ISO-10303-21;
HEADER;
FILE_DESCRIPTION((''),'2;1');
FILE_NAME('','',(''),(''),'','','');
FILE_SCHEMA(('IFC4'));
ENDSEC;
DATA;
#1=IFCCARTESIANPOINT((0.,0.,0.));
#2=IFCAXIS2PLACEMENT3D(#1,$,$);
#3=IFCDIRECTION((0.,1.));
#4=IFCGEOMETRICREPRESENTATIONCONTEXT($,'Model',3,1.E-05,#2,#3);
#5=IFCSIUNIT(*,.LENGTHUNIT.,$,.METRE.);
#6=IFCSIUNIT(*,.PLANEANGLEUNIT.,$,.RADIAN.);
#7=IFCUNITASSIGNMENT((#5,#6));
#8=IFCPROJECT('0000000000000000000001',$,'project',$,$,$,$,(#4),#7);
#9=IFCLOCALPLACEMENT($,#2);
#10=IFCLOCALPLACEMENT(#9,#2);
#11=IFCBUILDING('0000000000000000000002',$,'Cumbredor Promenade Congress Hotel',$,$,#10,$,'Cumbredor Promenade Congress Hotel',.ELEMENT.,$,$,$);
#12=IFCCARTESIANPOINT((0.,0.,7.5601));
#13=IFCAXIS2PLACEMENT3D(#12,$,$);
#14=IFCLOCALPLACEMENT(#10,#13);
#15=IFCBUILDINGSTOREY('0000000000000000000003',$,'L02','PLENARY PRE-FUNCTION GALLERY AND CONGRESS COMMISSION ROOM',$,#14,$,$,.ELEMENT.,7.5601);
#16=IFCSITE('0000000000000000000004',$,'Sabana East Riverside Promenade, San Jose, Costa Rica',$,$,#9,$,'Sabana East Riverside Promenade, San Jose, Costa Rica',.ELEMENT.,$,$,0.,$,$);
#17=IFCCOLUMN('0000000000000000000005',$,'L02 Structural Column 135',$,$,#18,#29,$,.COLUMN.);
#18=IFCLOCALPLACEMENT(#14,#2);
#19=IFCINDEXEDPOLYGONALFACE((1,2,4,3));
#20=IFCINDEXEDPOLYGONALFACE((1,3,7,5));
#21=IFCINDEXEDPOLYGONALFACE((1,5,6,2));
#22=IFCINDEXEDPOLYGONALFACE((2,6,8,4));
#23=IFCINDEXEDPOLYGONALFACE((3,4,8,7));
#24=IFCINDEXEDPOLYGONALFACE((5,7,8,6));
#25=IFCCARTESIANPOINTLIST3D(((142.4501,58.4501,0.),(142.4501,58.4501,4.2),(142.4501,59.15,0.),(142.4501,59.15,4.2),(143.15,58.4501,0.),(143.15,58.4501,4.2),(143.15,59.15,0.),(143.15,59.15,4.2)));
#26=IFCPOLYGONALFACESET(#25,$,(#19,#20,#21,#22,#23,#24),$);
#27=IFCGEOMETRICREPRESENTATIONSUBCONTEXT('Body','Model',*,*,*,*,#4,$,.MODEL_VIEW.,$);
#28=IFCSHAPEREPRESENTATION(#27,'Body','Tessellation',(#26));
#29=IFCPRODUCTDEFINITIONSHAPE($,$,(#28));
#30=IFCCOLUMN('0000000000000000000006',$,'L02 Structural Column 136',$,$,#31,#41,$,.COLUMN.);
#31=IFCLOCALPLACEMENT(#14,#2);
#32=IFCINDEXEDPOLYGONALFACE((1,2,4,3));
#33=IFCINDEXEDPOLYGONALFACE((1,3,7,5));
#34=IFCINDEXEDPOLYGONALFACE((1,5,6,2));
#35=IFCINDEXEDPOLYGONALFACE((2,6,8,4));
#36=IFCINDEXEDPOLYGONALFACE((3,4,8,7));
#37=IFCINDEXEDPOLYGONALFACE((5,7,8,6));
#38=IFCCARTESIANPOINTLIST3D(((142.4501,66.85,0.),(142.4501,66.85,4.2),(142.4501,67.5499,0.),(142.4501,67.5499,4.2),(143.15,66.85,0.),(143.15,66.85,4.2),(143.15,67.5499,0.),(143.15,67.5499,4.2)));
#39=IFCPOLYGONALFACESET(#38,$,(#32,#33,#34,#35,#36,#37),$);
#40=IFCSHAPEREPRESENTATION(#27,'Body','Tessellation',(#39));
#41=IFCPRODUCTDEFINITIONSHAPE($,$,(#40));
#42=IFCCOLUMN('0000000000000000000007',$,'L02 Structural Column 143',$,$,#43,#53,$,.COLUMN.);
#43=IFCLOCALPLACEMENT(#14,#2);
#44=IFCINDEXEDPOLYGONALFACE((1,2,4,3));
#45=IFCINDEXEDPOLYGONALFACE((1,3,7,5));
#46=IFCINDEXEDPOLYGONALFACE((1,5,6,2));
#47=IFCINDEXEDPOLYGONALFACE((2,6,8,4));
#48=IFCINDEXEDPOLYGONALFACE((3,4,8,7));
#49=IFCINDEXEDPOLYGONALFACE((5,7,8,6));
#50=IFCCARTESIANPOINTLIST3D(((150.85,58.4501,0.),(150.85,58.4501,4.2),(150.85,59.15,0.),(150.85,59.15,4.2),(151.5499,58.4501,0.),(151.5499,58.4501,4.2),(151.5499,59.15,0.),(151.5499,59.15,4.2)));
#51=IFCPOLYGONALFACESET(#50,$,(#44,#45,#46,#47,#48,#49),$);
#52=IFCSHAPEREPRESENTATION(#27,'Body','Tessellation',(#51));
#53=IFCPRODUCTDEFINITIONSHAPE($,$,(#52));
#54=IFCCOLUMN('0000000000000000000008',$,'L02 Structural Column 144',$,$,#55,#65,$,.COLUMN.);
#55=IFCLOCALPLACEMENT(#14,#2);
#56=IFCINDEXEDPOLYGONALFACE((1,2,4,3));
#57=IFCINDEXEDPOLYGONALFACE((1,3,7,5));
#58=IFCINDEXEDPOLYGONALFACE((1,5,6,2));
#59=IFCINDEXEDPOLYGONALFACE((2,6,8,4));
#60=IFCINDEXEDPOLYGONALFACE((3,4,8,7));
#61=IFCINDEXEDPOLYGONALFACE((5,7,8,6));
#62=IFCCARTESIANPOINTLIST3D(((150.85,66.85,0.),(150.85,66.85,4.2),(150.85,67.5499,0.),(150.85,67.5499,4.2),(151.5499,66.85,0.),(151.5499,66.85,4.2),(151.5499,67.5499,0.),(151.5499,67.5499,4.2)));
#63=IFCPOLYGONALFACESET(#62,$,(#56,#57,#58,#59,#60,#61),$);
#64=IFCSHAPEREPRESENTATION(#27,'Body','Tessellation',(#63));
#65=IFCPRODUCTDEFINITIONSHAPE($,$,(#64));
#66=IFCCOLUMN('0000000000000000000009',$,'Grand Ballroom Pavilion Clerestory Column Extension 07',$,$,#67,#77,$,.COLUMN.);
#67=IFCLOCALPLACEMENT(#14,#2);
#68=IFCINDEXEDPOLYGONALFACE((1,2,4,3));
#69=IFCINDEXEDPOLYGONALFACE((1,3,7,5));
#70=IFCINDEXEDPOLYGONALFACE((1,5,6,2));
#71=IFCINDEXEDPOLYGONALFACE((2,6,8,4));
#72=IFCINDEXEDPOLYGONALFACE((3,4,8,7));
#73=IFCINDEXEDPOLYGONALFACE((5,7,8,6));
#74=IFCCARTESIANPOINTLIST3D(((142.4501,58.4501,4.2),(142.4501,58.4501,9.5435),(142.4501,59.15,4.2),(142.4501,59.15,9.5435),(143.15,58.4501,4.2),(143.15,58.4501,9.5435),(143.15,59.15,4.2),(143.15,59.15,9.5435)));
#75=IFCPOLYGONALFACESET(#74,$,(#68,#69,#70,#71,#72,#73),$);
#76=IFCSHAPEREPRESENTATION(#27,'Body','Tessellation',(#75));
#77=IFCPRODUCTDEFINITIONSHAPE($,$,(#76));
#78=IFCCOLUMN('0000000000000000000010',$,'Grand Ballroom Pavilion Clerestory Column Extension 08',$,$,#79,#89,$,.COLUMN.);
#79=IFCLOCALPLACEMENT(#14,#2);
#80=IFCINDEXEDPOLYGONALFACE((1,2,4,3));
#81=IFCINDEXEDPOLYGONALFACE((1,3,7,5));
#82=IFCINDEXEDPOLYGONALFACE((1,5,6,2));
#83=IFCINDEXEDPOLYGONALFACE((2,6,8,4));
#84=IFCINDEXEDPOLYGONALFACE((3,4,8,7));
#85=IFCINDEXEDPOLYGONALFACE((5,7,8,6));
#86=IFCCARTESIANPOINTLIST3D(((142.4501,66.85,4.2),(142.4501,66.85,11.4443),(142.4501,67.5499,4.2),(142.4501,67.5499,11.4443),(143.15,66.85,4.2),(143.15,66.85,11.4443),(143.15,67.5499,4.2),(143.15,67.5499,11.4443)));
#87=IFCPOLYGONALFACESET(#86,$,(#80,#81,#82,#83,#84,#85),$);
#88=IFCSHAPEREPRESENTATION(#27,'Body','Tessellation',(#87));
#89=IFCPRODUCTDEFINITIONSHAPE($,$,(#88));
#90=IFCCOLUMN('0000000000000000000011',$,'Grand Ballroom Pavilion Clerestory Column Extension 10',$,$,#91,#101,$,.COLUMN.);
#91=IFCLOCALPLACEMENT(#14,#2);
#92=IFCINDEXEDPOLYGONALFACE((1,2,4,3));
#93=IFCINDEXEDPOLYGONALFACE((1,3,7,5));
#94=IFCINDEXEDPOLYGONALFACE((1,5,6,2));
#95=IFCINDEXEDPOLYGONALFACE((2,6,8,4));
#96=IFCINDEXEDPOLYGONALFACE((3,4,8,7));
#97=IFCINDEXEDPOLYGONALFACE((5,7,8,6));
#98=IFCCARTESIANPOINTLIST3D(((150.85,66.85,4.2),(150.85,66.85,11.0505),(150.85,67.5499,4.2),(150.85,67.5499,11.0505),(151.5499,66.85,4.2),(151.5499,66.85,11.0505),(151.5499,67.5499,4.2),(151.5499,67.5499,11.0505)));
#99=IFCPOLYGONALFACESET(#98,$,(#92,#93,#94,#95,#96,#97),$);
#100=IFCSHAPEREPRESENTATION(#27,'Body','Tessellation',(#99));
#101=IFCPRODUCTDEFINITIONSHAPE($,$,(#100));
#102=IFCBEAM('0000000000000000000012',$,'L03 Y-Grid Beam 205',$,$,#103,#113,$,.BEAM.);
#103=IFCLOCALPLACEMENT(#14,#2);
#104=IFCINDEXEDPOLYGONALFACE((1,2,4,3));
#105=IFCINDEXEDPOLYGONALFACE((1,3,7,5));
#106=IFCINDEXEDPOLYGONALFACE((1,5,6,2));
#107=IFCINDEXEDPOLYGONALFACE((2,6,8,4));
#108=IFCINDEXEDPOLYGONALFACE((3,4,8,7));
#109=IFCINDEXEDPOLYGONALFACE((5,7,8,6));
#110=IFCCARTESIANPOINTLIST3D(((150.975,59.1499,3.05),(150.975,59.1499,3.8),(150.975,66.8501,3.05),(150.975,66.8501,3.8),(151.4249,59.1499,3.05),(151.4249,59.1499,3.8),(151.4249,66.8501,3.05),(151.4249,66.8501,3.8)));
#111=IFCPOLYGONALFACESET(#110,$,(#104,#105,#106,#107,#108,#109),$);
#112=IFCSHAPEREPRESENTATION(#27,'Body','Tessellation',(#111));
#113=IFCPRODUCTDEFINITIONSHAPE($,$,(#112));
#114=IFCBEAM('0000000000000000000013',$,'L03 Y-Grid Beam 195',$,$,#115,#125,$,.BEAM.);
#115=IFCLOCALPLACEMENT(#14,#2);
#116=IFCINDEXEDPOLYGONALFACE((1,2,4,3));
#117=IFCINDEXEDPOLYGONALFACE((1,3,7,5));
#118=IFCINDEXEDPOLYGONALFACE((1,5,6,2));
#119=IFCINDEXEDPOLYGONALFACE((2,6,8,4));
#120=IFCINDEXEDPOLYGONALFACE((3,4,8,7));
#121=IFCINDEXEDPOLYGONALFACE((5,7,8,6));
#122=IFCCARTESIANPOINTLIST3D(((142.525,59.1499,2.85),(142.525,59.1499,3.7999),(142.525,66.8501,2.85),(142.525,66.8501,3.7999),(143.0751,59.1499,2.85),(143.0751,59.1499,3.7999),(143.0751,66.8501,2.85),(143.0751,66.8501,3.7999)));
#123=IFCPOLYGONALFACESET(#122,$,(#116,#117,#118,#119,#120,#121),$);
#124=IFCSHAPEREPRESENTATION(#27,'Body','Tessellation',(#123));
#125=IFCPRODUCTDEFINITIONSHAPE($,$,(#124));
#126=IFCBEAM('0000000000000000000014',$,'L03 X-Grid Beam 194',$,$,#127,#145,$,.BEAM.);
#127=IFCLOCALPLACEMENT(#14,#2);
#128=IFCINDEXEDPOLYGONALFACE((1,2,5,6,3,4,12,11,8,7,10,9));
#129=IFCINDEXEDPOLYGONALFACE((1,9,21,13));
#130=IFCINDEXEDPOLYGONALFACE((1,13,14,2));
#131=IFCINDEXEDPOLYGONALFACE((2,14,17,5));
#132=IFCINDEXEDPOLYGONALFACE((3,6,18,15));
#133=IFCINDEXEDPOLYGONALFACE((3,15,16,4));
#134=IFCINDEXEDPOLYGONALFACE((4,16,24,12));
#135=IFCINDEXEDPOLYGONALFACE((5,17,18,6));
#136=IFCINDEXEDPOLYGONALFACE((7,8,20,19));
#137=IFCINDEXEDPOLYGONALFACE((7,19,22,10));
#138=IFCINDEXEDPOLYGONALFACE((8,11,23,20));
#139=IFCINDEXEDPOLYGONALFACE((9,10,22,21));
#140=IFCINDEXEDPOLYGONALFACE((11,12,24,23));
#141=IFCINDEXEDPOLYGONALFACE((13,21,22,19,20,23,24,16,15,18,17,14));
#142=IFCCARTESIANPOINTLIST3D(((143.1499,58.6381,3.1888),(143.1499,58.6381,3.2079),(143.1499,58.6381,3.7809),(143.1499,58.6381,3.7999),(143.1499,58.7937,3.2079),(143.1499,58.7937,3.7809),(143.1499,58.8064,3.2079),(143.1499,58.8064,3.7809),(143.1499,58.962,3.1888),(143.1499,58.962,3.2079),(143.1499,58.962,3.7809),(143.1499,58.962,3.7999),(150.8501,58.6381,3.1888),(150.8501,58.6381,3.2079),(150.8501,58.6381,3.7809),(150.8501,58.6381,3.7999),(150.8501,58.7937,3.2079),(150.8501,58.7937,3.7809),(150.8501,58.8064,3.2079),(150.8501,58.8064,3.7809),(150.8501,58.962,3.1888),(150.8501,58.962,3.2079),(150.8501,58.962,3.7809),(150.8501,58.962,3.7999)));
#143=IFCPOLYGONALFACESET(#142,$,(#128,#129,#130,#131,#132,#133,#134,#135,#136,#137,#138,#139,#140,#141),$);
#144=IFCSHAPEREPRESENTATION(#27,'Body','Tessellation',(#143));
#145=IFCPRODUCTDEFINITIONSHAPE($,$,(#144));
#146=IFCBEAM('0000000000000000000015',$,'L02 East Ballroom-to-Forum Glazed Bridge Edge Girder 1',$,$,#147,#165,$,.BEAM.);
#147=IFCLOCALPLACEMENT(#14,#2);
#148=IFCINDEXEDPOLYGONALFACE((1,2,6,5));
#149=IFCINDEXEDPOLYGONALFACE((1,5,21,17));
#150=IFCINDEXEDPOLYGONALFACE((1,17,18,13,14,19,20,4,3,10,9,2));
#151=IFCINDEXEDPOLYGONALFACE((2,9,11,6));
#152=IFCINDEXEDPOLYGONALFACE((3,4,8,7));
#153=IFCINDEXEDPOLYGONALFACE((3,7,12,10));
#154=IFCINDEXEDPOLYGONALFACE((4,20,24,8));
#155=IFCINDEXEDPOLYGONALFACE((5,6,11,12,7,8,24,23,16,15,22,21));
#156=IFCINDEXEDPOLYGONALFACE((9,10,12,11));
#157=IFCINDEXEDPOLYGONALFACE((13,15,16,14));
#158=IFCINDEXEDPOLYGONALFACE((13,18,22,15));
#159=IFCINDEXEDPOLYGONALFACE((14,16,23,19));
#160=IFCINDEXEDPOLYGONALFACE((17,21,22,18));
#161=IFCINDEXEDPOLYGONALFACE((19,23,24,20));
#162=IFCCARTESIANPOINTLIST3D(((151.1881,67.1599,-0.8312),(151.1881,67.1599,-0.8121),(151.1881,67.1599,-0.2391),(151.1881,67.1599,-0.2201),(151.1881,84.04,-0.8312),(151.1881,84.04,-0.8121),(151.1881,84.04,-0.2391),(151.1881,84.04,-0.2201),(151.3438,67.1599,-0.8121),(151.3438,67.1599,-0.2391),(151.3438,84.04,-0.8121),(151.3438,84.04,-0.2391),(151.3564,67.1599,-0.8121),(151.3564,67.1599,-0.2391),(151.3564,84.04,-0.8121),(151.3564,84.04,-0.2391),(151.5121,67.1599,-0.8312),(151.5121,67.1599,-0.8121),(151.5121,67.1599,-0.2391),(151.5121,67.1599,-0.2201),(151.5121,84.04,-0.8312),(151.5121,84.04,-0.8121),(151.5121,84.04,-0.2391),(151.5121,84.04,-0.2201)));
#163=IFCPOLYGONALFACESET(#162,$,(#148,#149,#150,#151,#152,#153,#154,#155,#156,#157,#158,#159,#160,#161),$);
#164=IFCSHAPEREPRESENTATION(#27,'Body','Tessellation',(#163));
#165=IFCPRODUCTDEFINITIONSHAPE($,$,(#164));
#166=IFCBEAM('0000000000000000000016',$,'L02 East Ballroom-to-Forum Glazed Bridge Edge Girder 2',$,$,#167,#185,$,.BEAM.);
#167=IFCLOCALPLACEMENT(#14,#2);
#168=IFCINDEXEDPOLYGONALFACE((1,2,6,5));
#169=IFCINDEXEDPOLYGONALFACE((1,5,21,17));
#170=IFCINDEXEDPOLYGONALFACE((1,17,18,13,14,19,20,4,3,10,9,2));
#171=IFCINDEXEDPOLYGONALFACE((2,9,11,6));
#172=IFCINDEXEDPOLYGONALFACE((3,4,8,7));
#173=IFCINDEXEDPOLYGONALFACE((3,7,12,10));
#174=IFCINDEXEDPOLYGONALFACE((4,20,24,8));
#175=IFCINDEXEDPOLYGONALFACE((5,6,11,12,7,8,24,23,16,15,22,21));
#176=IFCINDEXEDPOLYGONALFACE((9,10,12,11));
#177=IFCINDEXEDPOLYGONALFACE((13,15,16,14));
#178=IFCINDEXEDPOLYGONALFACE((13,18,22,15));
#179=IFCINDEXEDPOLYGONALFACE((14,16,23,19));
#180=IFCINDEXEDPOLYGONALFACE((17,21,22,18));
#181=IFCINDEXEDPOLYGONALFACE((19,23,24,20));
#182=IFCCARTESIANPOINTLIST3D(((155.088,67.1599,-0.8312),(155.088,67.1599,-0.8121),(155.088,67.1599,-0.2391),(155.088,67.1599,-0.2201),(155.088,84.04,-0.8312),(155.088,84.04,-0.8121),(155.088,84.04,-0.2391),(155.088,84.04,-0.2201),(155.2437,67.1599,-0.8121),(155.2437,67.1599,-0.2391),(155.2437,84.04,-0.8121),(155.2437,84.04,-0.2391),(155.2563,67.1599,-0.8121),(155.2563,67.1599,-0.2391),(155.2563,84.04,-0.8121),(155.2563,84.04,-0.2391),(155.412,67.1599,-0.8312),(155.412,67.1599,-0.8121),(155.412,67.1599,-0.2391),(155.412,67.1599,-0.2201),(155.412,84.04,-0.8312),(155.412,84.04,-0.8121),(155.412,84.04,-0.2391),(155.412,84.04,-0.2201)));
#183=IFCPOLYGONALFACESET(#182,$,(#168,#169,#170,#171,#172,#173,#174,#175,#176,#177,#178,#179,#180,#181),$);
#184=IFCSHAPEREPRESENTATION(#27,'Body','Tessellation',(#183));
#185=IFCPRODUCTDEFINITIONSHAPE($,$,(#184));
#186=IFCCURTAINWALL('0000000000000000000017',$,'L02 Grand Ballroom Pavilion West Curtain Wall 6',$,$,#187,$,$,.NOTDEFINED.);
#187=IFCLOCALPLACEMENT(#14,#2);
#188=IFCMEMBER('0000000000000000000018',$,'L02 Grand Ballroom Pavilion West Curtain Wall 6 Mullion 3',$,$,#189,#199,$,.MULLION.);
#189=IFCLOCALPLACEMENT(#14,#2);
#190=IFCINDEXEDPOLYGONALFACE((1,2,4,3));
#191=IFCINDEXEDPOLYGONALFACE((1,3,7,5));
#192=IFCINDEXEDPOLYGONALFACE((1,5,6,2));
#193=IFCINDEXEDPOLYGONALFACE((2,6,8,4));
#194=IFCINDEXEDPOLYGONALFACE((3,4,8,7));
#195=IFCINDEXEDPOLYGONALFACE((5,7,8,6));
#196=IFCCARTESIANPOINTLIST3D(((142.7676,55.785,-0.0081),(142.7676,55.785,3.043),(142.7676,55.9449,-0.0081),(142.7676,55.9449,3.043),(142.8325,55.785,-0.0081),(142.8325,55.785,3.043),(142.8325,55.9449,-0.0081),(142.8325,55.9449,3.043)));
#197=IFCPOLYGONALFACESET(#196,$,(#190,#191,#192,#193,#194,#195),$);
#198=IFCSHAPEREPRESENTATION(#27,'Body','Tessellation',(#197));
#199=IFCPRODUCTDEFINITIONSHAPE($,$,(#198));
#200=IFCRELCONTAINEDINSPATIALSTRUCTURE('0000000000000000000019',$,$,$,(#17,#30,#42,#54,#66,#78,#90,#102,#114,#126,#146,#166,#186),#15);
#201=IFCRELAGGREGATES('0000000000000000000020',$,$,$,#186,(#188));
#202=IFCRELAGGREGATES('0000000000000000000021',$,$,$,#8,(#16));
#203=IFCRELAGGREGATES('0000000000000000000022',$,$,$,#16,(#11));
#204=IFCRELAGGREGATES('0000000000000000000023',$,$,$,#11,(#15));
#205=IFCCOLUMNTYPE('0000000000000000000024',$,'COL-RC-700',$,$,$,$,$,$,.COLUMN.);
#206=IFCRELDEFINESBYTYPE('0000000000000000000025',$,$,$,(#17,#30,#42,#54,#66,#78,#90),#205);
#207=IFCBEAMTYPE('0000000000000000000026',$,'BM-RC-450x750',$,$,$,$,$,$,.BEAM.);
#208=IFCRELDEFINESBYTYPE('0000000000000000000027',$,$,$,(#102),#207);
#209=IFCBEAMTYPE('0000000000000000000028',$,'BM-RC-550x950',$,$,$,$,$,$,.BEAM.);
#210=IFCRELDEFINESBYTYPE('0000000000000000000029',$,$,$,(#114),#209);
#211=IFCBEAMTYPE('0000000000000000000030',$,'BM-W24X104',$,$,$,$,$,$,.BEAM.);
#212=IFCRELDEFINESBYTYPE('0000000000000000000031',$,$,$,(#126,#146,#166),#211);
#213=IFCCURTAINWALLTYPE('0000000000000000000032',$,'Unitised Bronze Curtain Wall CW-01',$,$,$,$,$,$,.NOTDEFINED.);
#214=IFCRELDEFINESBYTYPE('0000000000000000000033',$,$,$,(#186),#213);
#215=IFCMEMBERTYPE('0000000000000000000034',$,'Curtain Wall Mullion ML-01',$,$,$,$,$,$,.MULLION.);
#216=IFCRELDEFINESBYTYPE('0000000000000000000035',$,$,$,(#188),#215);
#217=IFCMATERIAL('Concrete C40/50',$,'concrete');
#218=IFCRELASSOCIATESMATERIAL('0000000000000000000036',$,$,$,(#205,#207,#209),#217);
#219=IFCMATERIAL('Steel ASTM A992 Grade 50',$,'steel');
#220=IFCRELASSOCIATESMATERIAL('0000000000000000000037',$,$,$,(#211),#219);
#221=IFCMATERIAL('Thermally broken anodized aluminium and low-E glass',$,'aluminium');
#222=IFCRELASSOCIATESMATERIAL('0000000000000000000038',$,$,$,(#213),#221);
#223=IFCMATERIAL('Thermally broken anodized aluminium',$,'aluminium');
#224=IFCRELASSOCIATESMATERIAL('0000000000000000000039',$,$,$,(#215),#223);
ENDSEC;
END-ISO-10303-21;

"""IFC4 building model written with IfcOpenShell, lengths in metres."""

from ifc_helpers import new_model, si_unit, direction, frame, origin, origin_2d, place, context, subcontext, project, spatial, rectangle, i_section, extrude, material, material_profile, profile_set, type_object, element, aggregate, save


model = new_model("IFC4")

# Units and contexts
model_context = context("Model", 3, precision=1e-05, world=origin(), true_north=direction((0.0, 1.0)))
body_context = subcontext(model_context, "Body", "Model", "MODEL_VIEW")
ifc_project = project(units=[si_unit("LENGTHUNIT", "METRE"), si_unit("PLANEANGLEUNIT", "RADIAN")], contexts=[model_context])

# Site, building, storey
site_placement = place(None, origin())
site = spatial("IfcSite", under=ifc_project, at=site_placement, Name="Sabana East Riverside Promenade, San Jose, Costa Rica", LongName="Sabana East Riverside Promenade, San Jose, Costa Rica", CompositionType="ELEMENT", RefElevation=0.0)
building_placement = place(site_placement, origin())
building = spatial("IfcBuilding", under=site, at=building_placement, Name="Cumbredor Promenade Congress Hotel", LongName="Cumbredor Promenade Congress Hotel", CompositionType="ELEMENT")
storey_placement = place(building_placement, frame((0.0, 0.0, 7.5601)))
storey = spatial("IfcBuildingStorey", under=building, at=storey_placement, Name="L02", Description="PLENARY PRE-FUNCTION GALLERY AND CONGRESS COMMISSION ROOM", CompositionType="ELEMENT", Elevation=7.5601)

# Columns
ifc_material_1 = material(Name="Concrete C40/50", Category="concrete")
ifc_material_profile_1 = material_profile(ifc_material_1, rectangle(XDim=0.7, YDim=0.7, at=origin_2d()), Name="RC 700x700")
ifc_profile_set_1 = profile_set([ifc_material_profile_1], Name="Concrete C40/50")
column_type = type_object("IfcColumnType", Name="COL-RC-700", PredefinedType="COLUMN", material=ifc_profile_set_1)
for number, where, z_axis, x_axis, name in (
    (1, (142.8, 58.8, 0.0), (0.0, 0.0, 1.0), (1.0, 0.0, 0.0), "L02 Structural Column 135"),
    (2, (142.8, 67.2, 0.0), (0.0, 0.0, 1.0), (1.0, 0.0, 0.0), "L02 Structural Column 136"),
    (3, (151.2, 58.8, 0.0), (0.0, 0.0, 1.0), (1.0, 0.0, 0.0), "L02 Structural Column 143"),
    (4, (151.2, 67.2, 0.0), (0.0, 0.0, 1.0), (1.0, 0.0, 0.0), "L02 Structural Column 144"),
):
    element("IfcColumn", number, at=place(storey_placement, frame(where, z_axis=z_axis, x_axis=x_axis)), inside=storey, type_object=column_type, Name=name, PredefinedType="COLUMN", context=body_context, shape_type="SweptSolid", body=[
        extrude(rectangle(XDim=0.7, YDim=0.7, at=origin_2d()), origin(), (0.0, 0.0, 1.0), 4.2),
    ])
column_1_placement = place(storey_placement, frame((142.8, 58.8, 4.2), z_axis=(0.0, 0.0, 1.0), x_axis=(1.0, 0.0, 0.0)))
element("IfcColumn", 5, at=column_1_placement, inside=storey, type_object=column_type, Name="Grand Ballroom Pavilion Clerestory Column Extension 07", PredefinedType="COLUMN", context=body_context, shape_type="SweptSolid", body=[
    extrude(rectangle(XDim=0.7, YDim=0.7, at=origin_2d()), origin(), (0.0, 0.0, 1.0), 5.3435),
])
column_2_placement = place(storey_placement, frame((142.8, 67.2, 4.2), z_axis=(0.0, 0.0, 1.0), x_axis=(1.0, 0.0, 0.0)))
element("IfcColumn", 6, at=column_2_placement, inside=storey, type_object=column_type, Name="Grand Ballroom Pavilion Clerestory Column Extension 08", PredefinedType="COLUMN", context=body_context, shape_type="SweptSolid", body=[
    extrude(rectangle(XDim=0.7, YDim=0.7, at=origin_2d()), origin(), (0.0, 0.0, 1.0), 7.2444),
])
column_3_placement = place(storey_placement, frame((151.2, 67.2, 4.2), z_axis=(0.0, 0.0, 1.0), x_axis=(1.0, 0.0, 0.0)))
element("IfcColumn", 7, at=column_3_placement, inside=storey, type_object=column_type, Name="Grand Ballroom Pavilion Clerestory Column Extension 10", PredefinedType="COLUMN", context=body_context, shape_type="SweptSolid", body=[
    extrude(rectangle(XDim=0.7, YDim=0.7, at=origin_2d()), origin(), (0.0, 0.0, 1.0), 6.8506),
])

# Beams
ifc_material_profile_2 = material_profile(ifc_material_1, rectangle(XDim=0.45, YDim=0.75, at=origin_2d()), Name="RC BEAM 450x750")
ifc_profile_set_2 = profile_set([ifc_material_profile_2], Name="Concrete C40/50")
beam_type_1 = type_object("IfcBeamType", Name="BM-RC-450x750", PredefinedType="BEAM", material=ifc_profile_set_2)
beam_1_placement = place(storey_placement, frame((151.2, 59.1499, 3.425), z_axis=(0.0, 1.0, 0.0), x_axis=(-1.0, 0.0, 0.0)))
element("IfcBeam", 8, at=beam_1_placement, inside=storey, type_object=beam_type_1, Name="L03 Y-Grid Beam 205", PredefinedType="BEAM", context=body_context, shape_type="SweptSolid", body=[
    extrude(rectangle(XDim=0.45, YDim=0.75, at=origin_2d()), origin(), (0.0, 0.0, 1.0), 7.7002),
])
ifc_material_profile_3 = material_profile(ifc_material_1, rectangle(XDim=0.55, YDim=0.95, at=origin_2d()), Name="RC BEAM 550x950")
ifc_profile_set_3 = profile_set([ifc_material_profile_3], Name="Concrete C40/50")
beam_type_2 = type_object("IfcBeamType", Name="BM-RC-550x950", PredefinedType="BEAM", material=ifc_profile_set_3)
beam_2_placement = place(storey_placement, frame((142.8, 59.1499, 3.325), z_axis=(0.0, 1.0, 0.0), x_axis=(-1.0, 0.0, 0.0)))
element("IfcBeam", 9, at=beam_2_placement, inside=storey, type_object=beam_type_2, Name="L03 Y-Grid Beam 195", PredefinedType="BEAM", context=body_context, shape_type="SweptSolid", body=[
    extrude(rectangle(XDim=0.55, YDim=0.95, at=origin_2d()), origin(), (0.0, 0.0, 1.0), 7.7002),
])
ifc_material_2 = material(Name="Steel ASTM A992 Grade 50", Category="steel")
ifc_material_profile_4 = material_profile(ifc_material_2, i_section(OverallWidth=0.324, OverallDepth=0.6111, WebThickness=0.0127, FlangeThickness=0.019, at=origin_2d()), Name="W24X104")
ifc_profile_set_4 = profile_set([ifc_material_profile_4], Name="Steel ASTM A992 Grade 50")
beam_type_3 = type_object("IfcBeamType", Name="BM-W24X104", PredefinedType="BEAM", material=ifc_profile_set_4)
beam_3_placement = place(storey_placement, frame((143.1499, 58.8, 3.4944), z_axis=(1.0, 0.0, 0.0), x_axis=(0.0, 1.0, 0.0)))
element("IfcBeam", 10, at=beam_3_placement, inside=storey, type_object=beam_type_3, Name="L03 X-Grid Beam 194", PredefinedType="BEAM", context=body_context, shape_type="SweptSolid", body=[
    extrude(i_section(OverallWidth=0.324, OverallDepth=0.6111, WebThickness=0.0127, FlangeThickness=0.019, at=origin_2d()), origin(), (0.0, 0.0, 1.0), 7.7002),
])
for number, where, z_axis, x_axis, name in (
    (11, (151.3501, 67.1599, -0.5256), (0.0, 1.0, 0.0), (-1.0, 0.0, 0.0), "L02 East Ballroom-to-Forum Glazed Bridge Edge Girder 1"),
    (12, (155.25, 67.1599, -0.5256), (0.0, 1.0, 0.0), (-1.0, 0.0, 0.0), "L02 East Ballroom-to-Forum Glazed Bridge Edge Girder 2"),
):
    element("IfcBeam", number, at=place(storey_placement, frame(where, z_axis=z_axis, x_axis=x_axis)), inside=storey, type_object=beam_type_3, Name=name, PredefinedType="BEAM", context=body_context, shape_type="SweptSolid", body=[
        extrude(i_section(OverallWidth=0.324, OverallDepth=0.6111, WebThickness=0.0127, FlangeThickness=0.019, at=origin_2d()), origin(), (0.0, 0.0, 1.0), 16.8801),
    ])

# Curtain wall, member
ifc_material_3 = material(Name="Thermally broken anodized aluminium and low-E glass", Category="aluminium")
curtain_wall_type = type_object("IfcCurtainWallType", Name="Unitised Bronze Curtain Wall CW-01", PredefinedType="NOTDEFINED", material=ifc_material_3)
curtain_wall_placement = place(storey_placement, origin())
curtain_wall = element("IfcCurtainWall", 13, at=curtain_wall_placement, inside=storey, type_object=curtain_wall_type, Name="L02 Grand Ballroom Pavilion West Curtain Wall 6", PredefinedType="NOTDEFINED")
ifc_material_4 = material(Name="Thermally broken anodized aluminium", Category="aluminium")
ifc_material_profile_5 = material_profile(ifc_material_4, rectangle(XDim=0.0649, YDim=0.1599, at=origin_2d()), Name="ALU MULLION 65x160")
ifc_profile_set_5 = profile_set([ifc_material_profile_5], Name="Thermally broken anodized aluminium")
member_type_1 = type_object("IfcMemberType", Name="Curtain Wall Mullion ML-01", PredefinedType="MULLION", material=ifc_profile_set_5)
member_1_placement = place(storey_placement, frame((142.8, 55.865, -0.0081), z_axis=(0.0, 0.0, 1.0), x_axis=(1.0, 0.0, 0.0)))
member_1 = element("IfcMember", 14, at=member_1_placement, type_object=member_type_1, Name="L02 Grand Ballroom Pavilion West Curtain Wall 6 Mullion 3", PredefinedType="MULLION", context=body_context, shape_type="SweptSolid", body=[
    extrude(rectangle(XDim=0.0649, YDim=0.1599, at=origin_2d()), origin(), (0.0, 0.0, 1.0), 3.051),
])

aggregate(curtain_wall, [member_1])

save(model, "model.ifc")
